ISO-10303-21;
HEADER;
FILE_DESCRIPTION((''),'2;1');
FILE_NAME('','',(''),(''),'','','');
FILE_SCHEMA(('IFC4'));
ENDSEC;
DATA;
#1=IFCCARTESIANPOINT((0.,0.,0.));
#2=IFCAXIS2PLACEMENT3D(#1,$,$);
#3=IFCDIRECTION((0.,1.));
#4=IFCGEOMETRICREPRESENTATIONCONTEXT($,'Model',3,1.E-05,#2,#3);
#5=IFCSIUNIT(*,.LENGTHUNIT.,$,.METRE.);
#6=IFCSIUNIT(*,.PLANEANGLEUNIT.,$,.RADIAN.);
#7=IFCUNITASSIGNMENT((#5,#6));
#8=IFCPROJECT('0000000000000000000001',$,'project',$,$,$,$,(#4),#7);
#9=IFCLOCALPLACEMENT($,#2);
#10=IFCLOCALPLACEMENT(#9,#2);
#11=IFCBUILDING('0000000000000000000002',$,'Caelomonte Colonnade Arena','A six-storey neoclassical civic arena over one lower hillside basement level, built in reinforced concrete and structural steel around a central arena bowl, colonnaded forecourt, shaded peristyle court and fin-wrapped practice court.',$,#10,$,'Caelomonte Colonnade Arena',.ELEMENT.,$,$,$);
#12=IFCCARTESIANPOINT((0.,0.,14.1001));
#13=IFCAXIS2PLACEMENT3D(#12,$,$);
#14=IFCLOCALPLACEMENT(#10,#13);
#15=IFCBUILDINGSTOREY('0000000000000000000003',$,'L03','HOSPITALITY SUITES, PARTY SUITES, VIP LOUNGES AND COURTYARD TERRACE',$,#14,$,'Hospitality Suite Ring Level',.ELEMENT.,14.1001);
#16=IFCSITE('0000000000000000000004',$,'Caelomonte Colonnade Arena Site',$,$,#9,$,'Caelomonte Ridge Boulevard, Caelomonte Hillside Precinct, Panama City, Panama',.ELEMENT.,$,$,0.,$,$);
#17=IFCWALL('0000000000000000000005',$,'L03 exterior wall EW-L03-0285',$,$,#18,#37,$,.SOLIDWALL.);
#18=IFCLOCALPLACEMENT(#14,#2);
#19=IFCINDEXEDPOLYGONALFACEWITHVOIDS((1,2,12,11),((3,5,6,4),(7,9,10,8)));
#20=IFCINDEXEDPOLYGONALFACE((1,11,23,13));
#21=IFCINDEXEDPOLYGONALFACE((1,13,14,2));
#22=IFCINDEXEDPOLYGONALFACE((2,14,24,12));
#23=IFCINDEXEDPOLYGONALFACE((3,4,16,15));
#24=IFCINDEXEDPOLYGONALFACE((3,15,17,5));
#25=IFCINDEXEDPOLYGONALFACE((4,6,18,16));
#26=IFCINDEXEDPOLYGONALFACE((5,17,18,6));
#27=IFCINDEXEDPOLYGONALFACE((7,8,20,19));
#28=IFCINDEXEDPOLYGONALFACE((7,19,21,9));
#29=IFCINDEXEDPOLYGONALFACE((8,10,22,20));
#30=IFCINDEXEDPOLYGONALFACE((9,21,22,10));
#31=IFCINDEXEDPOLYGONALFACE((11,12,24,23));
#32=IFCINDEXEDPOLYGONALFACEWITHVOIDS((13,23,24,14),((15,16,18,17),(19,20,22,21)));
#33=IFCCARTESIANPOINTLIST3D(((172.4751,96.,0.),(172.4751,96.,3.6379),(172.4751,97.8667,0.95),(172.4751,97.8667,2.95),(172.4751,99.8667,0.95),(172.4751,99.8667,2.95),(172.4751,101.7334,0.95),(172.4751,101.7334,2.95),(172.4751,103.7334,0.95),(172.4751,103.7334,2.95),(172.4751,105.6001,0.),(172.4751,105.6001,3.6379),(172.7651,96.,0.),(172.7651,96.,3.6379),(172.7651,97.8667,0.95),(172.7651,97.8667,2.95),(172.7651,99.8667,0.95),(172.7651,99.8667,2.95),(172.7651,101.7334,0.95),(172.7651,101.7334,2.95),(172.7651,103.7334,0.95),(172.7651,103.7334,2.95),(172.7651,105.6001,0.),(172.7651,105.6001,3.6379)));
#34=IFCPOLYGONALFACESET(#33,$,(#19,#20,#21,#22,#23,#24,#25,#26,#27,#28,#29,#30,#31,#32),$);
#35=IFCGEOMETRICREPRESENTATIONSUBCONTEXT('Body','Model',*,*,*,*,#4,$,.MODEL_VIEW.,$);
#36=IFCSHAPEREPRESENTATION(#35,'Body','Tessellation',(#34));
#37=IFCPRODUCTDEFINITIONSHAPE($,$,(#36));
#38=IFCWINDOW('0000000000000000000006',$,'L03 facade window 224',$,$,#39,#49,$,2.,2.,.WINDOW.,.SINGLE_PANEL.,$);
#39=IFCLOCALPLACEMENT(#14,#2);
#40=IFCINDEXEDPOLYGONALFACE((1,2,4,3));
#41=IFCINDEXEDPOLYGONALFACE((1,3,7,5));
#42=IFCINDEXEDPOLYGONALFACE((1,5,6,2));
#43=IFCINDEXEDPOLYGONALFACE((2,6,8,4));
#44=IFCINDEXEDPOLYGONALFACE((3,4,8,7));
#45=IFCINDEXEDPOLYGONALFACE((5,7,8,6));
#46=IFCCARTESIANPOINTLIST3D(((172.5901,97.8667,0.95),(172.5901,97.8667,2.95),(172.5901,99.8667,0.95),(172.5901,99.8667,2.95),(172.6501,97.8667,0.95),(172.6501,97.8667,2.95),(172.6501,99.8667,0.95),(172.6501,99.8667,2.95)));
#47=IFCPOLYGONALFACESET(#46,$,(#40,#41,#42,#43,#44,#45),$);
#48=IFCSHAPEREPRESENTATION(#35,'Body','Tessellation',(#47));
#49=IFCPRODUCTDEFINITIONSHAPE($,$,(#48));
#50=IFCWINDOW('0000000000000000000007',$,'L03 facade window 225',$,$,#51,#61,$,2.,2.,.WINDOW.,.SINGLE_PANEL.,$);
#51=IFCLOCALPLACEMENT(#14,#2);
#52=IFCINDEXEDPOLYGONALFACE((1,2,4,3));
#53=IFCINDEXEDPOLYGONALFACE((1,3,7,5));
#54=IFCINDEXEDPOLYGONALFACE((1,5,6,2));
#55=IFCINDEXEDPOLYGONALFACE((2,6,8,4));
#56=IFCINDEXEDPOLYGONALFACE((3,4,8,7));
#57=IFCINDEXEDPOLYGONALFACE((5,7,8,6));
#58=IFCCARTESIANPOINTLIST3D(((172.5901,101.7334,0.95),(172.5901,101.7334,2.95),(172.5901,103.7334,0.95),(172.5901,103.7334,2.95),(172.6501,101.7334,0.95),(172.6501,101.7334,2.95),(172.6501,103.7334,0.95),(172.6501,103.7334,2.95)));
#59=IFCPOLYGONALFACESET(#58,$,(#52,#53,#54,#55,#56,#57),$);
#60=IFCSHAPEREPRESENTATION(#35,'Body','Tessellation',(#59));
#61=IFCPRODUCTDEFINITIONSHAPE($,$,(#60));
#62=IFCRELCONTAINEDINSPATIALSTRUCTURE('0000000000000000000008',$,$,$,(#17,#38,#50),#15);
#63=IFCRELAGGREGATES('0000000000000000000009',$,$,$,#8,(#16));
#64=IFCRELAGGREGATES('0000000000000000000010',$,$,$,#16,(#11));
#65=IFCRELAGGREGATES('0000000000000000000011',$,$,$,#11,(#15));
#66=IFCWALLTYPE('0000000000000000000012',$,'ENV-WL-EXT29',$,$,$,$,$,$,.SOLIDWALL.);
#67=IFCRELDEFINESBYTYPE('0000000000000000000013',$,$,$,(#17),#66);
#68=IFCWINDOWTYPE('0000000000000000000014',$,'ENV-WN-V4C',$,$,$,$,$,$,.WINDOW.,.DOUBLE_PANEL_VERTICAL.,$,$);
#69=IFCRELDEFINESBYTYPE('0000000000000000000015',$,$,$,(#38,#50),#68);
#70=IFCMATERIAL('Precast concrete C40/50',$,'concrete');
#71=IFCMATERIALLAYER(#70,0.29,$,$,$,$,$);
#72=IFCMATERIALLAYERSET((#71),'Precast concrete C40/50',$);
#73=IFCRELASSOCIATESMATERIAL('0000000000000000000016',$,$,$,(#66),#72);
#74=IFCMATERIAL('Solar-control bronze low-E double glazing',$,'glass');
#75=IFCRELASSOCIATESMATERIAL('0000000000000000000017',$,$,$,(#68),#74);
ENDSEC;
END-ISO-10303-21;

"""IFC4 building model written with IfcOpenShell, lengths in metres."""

from ifc_helpers import new_model, si_unit, direction, frame, frame_2d, origin, place, context, subcontext, project, spatial, rectangle, extrude, material, layer, layer_set, type_object, element, fill, save


model = new_model("IFC4")

# Units and contexts
model_context = context("Model", 3, precision=1e-05, world=origin(), true_north=direction((0.0, 1.0)))
body_context = subcontext(model_context, "Body", "Model", "MODEL_VIEW")
ifc_project = project(units=[si_unit("LENGTHUNIT", "METRE"), si_unit("PLANEANGLEUNIT", "RADIAN")], contexts=[model_context])

# Site, building, storey
site_placement = place(None, origin())
site = spatial("IfcSite", under=ifc_project, at=site_placement, Name="Caelomonte Colonnade Arena Site", LongName="Caelomonte Ridge Boulevard, Caelomonte Hillside Precinct, Panama City, Panama", CompositionType="ELEMENT", RefElevation=0.0)
building_placement = place(site_placement, origin())
building = spatial("IfcBuilding", under=site, at=building_placement, Name="Caelomonte Colonnade Arena", Description="A six-storey neoclassical civic arena over one lower hillside basement level, built in reinforced concrete and structural steel around a central arena bowl, colonnaded forecourt, shaded peristyle court and fin-wrapped practice court.", LongName="Caelomonte Colonnade Arena", CompositionType="ELEMENT")
storey_placement = place(building_placement, frame((0.0, 0.0, 14.1001)))
storey = spatial("IfcBuildingStorey", under=building, at=storey_placement, Name="L03", Description="HOSPITALITY SUITES, PARTY SUITES, VIP LOUNGES AND COURTYARD TERRACE", LongName="Hospitality Suite Ring Level", CompositionType="ELEMENT", Elevation=14.1001)

# Shared definitions
ifc_material_1 = material(Name="Solar-control bronze low-E double glazing", Category="glass")

# Wall, openings, windows
ifc_material_2 = material(Name="Precast concrete C40/50", Category="concrete")
ifc_layer_1 = layer(ifc_material_2, 0.29)
ifc_layer_set_1 = layer_set([ifc_layer_1], Name="Precast concrete C40/50")
wall_type = type_object("IfcWallType", Name="ENV-WL-EXT29", PredefinedType="SOLIDWALL", material=ifc_layer_set_1)
wall_placement = place(storey_placement, frame((172.6201, 96.0, 0.0), z_axis=(0.0, 0.0, 1.0), x_axis=(0.0, 1.0, 0.0)))
wall = element("IfcWall", 1, at=wall_placement, inside=storey, type_object=wall_type, Name="L03 exterior wall EW-L03-0285", PredefinedType="SOLIDWALL", context=body_context, shape_type="SweptSolid", body=[
    extrude(rectangle(XDim=9.6001, YDim=0.29, at=frame_2d((4.8, 0.0))), origin(), (0.0, 0.0, 1.0), 3.6379),
])
opening_1_placement = place(wall_placement, frame((3.8667, 0.0, 0.95), z_axis=(0.0, 0.0, 1.0), x_axis=(-1.0, 0.0, 0.0)))
opening_1 = element("IfcOpeningElement", 2, at=opening_1_placement, cuts=wall, PredefinedType="OPENING", context=body_context, shape_type="SweptSolid", body=[
    extrude(rectangle(XDim=2.0, YDim=2.0, at=frame_2d((1.0, 1.0))), frame((0.0, 0.155, 0.0), z_axis=(0.0, -1.0, 0.0), x_axis=(1.0, 0.0, 0.0)), (0.0, 0.0, 1.0), 0.3101),
])
opening_2_placement = place(wall_placement, frame((7.7334, 0.0, 0.95), z_axis=(0.0, 0.0, 1.0), x_axis=(-1.0, 0.0, 0.0)))
opening_2 = element("IfcOpeningElement", 3, at=opening_2_placement, cuts=wall, PredefinedType="OPENING", context=body_context, shape_type="SweptSolid", body=[
    extrude(rectangle(XDim=2.0, YDim=2.0, at=frame_2d((1.0, 1.0))), frame((0.0, 0.155, 0.0), z_axis=(0.0, -1.0, 0.0), x_axis=(1.0, 0.0, 0.0)), (0.0, 0.0, 1.0), 0.3101),
])
window_type = type_object("IfcWindowType", Name="ENV-WN-V4C", PartitioningType="DOUBLE_PANEL_VERTICAL", PredefinedType="WINDOW", material=ifc_material_1)
window_1_placement = place(opening_1_placement, origin())
window_1 = element("IfcWindow", 4, at=window_1_placement, inside=storey, type_object=window_type, Name="L03 facade window 224", OverallHeight=2.0, OverallWidth=2.0, PartitioningType="SINGLE_PANEL", PredefinedType="WINDOW", context=body_context, shape_type="SweptSolid", body=[
    extrude(rectangle(XDim=2.0, YDim=2.0, at=frame_2d((1.0, 1.0))), frame((0.0, 0.03, 0.0), z_axis=(0.0, -1.0, 0.0), x_axis=(1.0, 0.0, 0.0)), (0.0, 0.0, 1.0), 0.0601),
])
fill(opening_1, window_1)
window_2_placement = place(opening_2_placement, origin())
window_2 = element("IfcWindow", 5, at=window_2_placement, inside=storey, type_object=window_type, Name="L03 facade window 225", OverallHeight=2.0, OverallWidth=2.0, PartitioningType="SINGLE_PANEL", PredefinedType="WINDOW", context=body_context, shape_type="SweptSolid", body=[
    extrude(rectangle(XDim=2.0, YDim=2.0, at=frame_2d((1.0, 1.0))), frame((0.0, 0.03, 0.0), z_axis=(0.0, -1.0, 0.0), x_axis=(1.0, 0.0, 0.0)), (0.0, 0.0, 1.0), 0.0601),
])
fill(opening_2, window_2)

save(model, "model.ifc")
